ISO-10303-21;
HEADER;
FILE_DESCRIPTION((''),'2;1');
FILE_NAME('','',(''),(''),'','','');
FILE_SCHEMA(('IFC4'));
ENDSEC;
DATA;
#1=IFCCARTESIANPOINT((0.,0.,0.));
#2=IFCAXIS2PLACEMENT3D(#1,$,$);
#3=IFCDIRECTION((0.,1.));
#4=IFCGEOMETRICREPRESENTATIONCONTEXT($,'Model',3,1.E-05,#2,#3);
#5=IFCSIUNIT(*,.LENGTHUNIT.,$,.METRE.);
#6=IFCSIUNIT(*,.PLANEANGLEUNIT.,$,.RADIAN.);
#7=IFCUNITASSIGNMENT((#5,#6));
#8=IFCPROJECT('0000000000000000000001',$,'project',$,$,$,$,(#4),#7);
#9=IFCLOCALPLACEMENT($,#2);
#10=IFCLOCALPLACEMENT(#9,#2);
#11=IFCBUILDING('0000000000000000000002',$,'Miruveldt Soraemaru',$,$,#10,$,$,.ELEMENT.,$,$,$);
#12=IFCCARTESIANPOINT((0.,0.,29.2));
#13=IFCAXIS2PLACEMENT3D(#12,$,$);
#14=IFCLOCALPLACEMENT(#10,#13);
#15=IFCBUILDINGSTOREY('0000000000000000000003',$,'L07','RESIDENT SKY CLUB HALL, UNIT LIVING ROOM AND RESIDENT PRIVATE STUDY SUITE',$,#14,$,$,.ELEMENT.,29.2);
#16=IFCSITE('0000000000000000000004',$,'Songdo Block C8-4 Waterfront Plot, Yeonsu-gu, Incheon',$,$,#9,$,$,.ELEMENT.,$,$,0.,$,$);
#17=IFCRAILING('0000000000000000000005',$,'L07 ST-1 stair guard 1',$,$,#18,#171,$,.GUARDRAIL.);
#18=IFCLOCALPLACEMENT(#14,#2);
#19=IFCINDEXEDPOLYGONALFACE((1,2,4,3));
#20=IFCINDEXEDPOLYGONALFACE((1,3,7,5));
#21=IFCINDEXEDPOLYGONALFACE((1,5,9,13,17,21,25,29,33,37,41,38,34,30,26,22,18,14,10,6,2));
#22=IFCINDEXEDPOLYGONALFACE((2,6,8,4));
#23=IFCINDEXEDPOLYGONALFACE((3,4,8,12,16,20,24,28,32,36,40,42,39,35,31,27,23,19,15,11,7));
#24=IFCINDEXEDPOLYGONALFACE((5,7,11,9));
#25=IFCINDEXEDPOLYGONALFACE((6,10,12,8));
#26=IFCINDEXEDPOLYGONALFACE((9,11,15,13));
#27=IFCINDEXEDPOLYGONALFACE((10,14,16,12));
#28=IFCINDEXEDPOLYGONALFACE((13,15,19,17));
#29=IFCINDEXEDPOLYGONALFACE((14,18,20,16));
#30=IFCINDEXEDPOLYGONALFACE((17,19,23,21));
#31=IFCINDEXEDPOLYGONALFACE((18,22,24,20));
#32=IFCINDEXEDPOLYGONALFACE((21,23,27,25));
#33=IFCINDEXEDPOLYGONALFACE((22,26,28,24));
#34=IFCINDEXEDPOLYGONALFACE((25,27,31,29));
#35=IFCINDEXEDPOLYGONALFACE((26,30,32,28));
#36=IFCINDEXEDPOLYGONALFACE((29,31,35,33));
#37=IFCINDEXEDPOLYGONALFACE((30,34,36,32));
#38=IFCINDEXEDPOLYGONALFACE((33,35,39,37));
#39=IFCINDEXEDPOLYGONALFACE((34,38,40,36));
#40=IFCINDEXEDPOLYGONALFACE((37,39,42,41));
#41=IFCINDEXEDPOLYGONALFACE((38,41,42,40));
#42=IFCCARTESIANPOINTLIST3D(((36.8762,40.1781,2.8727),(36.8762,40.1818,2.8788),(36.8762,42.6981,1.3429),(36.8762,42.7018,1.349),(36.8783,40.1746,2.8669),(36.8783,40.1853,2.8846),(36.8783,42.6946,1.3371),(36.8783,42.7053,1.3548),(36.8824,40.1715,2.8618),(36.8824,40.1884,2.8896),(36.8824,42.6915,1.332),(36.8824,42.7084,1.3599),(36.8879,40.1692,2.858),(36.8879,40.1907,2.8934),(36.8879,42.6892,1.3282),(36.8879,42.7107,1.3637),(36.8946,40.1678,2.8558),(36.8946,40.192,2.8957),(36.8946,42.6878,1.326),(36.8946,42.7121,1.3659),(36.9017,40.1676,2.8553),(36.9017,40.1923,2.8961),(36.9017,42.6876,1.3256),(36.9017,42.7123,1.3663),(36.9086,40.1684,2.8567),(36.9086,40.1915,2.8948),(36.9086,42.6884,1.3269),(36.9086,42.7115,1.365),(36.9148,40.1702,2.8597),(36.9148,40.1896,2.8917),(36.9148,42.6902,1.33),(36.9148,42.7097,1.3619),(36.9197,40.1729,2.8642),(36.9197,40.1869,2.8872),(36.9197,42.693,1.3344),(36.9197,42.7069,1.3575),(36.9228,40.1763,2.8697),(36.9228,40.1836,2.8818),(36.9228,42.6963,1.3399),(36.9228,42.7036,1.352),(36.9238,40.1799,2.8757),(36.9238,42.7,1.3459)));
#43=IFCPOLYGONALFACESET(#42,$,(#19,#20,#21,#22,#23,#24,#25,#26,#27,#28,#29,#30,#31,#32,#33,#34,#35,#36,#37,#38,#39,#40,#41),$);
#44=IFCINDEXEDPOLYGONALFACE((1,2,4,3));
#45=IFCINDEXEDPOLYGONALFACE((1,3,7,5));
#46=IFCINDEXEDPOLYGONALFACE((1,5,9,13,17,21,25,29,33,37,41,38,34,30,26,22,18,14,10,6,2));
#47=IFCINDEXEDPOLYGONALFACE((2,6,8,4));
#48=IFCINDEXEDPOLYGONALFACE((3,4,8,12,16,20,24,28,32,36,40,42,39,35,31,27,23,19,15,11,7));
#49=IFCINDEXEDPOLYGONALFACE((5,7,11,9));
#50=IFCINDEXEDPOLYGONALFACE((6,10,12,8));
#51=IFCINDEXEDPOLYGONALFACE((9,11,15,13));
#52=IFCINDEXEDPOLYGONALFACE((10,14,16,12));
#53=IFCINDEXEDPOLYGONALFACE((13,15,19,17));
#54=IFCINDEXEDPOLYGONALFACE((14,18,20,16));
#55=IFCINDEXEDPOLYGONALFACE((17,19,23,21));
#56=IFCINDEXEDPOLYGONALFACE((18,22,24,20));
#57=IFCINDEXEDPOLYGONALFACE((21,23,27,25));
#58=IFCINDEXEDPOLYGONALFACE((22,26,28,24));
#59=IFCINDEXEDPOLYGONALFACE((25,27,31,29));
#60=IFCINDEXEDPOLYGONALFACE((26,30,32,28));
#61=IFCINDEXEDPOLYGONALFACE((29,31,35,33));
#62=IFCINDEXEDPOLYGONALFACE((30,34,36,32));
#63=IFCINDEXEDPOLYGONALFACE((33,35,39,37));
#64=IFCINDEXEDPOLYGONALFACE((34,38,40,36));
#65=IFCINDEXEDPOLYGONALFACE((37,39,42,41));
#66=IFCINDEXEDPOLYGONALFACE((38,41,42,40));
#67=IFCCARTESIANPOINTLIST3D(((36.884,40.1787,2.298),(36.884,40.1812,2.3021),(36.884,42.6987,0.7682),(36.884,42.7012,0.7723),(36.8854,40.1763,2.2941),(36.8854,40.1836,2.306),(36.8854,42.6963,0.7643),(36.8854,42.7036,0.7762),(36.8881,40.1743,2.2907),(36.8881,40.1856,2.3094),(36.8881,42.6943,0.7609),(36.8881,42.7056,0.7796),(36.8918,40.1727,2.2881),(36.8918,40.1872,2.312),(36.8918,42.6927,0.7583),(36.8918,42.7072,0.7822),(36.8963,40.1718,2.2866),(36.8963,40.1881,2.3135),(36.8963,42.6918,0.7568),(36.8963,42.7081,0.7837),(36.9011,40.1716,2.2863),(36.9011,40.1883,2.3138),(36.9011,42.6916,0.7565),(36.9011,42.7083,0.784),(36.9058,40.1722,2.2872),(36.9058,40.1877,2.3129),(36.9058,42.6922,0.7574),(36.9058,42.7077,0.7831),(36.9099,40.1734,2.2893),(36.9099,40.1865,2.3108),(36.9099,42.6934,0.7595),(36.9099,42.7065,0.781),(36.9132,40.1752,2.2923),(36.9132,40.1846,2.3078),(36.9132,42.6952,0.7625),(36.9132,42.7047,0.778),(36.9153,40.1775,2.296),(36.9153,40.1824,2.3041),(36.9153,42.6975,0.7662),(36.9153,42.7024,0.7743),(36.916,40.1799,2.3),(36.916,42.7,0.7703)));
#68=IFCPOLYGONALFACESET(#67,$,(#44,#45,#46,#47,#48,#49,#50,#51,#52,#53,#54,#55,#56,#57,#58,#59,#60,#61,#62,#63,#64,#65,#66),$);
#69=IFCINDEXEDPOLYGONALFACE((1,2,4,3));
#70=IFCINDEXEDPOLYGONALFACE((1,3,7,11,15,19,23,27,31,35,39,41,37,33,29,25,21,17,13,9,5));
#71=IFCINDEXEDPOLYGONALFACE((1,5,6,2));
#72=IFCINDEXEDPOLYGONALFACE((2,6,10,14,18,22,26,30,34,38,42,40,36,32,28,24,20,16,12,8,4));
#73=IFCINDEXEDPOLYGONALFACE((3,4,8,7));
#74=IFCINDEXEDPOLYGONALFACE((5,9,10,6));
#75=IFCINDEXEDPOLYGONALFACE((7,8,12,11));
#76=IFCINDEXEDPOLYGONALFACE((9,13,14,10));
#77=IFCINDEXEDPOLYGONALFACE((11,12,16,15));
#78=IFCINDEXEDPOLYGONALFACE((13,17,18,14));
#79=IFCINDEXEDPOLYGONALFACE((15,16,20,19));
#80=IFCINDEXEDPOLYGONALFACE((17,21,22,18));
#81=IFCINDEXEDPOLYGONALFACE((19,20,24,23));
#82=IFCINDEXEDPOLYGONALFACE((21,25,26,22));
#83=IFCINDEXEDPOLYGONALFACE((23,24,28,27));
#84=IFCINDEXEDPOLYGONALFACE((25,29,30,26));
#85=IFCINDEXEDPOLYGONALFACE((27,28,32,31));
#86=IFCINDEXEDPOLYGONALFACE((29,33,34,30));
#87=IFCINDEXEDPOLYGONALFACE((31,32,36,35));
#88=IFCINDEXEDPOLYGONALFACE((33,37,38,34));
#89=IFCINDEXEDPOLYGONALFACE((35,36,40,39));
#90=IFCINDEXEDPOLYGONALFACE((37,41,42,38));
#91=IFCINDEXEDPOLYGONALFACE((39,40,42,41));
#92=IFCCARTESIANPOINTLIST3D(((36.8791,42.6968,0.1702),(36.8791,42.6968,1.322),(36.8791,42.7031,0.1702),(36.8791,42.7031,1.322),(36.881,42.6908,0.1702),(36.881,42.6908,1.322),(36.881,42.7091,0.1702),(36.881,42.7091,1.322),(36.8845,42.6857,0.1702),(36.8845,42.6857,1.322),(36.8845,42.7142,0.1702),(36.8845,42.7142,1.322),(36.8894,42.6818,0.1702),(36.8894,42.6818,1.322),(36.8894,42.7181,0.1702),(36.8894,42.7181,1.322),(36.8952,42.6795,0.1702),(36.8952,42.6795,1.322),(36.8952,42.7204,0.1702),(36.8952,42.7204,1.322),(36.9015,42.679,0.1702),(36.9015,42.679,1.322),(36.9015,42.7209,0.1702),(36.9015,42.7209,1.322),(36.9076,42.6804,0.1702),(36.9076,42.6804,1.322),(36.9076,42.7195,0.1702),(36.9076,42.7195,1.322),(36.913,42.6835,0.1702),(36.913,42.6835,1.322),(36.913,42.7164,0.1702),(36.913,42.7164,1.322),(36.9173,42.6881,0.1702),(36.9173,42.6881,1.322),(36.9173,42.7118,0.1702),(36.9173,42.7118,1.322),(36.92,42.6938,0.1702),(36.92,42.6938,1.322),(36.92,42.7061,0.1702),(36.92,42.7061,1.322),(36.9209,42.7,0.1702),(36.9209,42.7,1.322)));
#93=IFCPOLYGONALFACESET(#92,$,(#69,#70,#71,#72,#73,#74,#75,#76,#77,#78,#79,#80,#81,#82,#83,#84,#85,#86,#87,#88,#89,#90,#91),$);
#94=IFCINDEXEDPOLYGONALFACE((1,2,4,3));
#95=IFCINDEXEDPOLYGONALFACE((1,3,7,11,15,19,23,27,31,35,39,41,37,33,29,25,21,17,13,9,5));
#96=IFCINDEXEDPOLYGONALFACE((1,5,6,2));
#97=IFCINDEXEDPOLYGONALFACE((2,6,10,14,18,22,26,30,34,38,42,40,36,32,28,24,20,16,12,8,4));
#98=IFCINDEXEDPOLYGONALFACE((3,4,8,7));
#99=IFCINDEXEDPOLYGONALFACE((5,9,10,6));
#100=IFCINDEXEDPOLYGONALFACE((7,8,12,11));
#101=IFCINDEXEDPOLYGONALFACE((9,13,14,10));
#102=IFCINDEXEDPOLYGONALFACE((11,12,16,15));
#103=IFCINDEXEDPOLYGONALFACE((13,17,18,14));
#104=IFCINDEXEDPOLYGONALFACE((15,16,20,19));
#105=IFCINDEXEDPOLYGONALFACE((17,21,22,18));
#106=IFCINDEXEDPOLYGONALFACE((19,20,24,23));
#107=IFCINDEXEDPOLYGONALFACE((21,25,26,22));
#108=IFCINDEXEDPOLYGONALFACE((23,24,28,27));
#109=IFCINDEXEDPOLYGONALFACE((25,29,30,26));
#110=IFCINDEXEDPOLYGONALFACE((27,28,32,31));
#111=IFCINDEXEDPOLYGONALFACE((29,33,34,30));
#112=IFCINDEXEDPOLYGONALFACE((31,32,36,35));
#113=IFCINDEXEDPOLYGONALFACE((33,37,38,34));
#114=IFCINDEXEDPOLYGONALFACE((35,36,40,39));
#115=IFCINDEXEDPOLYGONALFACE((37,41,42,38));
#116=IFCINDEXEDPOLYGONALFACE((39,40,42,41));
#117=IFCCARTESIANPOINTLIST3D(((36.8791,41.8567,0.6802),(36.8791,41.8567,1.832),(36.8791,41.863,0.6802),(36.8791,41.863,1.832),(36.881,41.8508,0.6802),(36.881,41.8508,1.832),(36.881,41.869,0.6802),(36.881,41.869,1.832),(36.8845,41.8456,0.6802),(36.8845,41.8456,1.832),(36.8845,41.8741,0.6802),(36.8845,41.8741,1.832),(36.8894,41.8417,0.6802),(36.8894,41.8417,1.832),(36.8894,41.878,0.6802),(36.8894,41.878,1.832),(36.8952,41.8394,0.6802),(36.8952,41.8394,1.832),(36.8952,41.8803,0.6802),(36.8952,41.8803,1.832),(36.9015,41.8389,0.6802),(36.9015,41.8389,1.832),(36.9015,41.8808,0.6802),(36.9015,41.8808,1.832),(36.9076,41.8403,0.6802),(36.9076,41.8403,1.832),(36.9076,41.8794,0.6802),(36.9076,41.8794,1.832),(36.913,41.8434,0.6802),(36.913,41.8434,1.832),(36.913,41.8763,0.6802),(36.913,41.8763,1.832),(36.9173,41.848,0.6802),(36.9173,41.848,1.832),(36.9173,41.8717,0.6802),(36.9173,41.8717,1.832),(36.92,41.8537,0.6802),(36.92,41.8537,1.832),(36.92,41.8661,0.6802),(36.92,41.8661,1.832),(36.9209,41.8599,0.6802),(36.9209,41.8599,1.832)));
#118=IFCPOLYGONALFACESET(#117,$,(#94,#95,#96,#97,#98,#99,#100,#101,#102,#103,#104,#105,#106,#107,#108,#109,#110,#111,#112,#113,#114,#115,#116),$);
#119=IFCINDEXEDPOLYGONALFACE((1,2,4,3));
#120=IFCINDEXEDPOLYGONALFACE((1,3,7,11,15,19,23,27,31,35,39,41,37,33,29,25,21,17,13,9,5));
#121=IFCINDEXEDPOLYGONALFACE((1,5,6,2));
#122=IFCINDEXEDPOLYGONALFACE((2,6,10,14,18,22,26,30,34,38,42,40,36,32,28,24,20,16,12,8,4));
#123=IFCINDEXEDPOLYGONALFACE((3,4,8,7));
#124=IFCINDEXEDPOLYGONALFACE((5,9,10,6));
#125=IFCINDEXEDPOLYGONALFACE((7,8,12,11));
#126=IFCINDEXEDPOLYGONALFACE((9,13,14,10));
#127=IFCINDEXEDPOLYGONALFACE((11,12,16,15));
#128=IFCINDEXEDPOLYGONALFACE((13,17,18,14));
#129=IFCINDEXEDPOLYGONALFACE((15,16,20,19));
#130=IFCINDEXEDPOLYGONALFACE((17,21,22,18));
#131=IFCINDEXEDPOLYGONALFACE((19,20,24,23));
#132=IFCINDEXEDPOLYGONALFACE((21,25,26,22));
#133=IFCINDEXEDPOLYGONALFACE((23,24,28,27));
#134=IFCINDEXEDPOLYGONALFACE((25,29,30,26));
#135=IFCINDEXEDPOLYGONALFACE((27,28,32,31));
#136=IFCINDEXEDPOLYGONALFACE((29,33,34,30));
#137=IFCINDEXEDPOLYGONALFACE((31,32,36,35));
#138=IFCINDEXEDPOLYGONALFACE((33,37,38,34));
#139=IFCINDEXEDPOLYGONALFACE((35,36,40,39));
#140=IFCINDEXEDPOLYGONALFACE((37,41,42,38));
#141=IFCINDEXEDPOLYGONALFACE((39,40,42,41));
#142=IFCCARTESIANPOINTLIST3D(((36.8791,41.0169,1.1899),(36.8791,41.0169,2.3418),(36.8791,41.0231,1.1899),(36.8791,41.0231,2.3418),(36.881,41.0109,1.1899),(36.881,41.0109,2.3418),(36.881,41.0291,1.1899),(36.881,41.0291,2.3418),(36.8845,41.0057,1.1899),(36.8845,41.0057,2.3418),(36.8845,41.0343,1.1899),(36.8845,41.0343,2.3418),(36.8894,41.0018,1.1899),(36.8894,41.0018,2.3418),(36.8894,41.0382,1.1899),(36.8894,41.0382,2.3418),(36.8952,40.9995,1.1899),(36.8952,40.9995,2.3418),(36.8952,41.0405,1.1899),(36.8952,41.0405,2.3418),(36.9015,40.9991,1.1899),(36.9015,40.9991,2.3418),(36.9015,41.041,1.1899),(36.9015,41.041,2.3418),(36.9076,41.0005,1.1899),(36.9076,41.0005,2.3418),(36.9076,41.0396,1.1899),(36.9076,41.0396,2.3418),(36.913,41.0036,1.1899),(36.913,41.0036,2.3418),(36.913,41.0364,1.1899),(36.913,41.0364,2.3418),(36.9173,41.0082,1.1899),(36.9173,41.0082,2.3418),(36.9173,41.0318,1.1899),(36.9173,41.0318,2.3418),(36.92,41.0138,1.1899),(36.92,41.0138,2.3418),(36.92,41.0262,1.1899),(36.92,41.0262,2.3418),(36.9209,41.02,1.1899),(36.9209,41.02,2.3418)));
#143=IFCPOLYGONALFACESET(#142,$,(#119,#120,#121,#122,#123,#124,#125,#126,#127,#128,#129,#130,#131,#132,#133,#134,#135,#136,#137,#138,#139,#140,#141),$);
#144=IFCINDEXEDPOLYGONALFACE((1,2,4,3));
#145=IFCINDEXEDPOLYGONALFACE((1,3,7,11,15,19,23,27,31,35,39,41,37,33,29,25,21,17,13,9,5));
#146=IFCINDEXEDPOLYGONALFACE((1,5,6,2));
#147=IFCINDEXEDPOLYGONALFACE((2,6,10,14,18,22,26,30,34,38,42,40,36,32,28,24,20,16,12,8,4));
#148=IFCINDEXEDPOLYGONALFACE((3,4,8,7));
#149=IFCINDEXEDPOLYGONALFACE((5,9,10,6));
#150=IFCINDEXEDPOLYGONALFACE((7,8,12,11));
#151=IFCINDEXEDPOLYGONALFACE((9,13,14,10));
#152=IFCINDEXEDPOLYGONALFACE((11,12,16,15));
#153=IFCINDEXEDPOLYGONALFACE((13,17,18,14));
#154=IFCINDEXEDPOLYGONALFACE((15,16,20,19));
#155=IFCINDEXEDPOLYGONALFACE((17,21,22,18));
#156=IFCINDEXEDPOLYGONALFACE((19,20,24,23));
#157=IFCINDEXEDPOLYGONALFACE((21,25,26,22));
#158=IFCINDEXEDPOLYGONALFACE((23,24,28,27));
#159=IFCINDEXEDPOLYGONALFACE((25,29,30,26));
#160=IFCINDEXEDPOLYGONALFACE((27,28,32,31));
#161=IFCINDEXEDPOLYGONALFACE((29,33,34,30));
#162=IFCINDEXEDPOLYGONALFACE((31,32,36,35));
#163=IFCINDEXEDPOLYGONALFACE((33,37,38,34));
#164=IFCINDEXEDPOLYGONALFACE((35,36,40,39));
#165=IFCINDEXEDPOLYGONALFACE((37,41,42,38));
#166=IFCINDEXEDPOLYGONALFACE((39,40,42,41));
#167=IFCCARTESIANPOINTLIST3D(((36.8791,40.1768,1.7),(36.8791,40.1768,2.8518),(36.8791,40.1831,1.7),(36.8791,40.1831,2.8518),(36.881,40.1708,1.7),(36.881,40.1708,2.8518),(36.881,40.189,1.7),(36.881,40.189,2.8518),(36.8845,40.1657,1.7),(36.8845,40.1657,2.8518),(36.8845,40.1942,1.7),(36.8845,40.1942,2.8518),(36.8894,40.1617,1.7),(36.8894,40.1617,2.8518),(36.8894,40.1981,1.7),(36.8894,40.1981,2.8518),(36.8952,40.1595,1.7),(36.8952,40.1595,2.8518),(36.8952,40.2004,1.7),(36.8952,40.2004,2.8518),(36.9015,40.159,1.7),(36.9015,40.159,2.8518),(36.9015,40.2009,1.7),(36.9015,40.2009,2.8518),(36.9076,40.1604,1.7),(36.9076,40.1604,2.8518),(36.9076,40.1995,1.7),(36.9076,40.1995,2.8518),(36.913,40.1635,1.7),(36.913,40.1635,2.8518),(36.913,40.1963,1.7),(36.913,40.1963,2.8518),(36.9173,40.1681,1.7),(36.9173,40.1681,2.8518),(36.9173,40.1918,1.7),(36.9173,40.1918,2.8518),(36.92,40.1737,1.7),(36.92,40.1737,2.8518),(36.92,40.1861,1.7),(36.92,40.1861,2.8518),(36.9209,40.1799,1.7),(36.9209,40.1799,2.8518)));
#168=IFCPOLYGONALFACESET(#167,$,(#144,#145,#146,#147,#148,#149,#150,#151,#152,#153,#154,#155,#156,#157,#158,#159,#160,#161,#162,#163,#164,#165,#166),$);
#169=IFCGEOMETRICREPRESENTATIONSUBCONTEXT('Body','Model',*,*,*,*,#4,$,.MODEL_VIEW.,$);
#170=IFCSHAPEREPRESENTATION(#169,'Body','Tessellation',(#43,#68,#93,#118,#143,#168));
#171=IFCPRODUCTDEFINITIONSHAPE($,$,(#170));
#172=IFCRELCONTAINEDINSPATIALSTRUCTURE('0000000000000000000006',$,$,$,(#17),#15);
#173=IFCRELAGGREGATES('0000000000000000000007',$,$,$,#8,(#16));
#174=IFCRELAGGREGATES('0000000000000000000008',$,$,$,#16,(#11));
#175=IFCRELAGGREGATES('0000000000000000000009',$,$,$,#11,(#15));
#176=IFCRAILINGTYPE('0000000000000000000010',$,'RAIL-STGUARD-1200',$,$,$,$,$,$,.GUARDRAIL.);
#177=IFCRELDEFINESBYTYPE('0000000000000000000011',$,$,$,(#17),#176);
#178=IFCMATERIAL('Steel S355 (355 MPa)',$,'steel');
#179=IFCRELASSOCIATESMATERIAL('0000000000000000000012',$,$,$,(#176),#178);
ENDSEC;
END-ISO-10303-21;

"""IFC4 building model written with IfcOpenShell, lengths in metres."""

from ifc_helpers import new_model, si_unit, direction, frame, origin, origin_2d, place, context, subcontext, project, spatial, circle, extrude, material, type_object, element, save


model = new_model("IFC4")

# Units and contexts
model_context = context("Model", 3, precision=1e-05, world=origin(), true_north=direction((0.0, 1.0)))
body_context = subcontext(model_context, "Body", "Model", "MODEL_VIEW")
ifc_project = project(units=[si_unit("LENGTHUNIT", "METRE"), si_unit("PLANEANGLEUNIT", "RADIAN")], contexts=[model_context])

# Site, building, storey
site_placement = place(None, origin())
site = spatial("IfcSite", under=ifc_project, at=site_placement, Name="Songdo Block C8-4 Waterfront Plot, Yeonsu-gu, Incheon", CompositionType="ELEMENT", RefElevation=0.0)
building_placement = place(site_placement, origin())
building = spatial("IfcBuilding", under=site, at=building_placement, Name="Miruveldt Soraemaru", CompositionType="ELEMENT")
storey_placement = place(building_placement, frame((0.0, 0.0, 29.2)))
storey = spatial("IfcBuildingStorey", under=building, at=storey_placement, Name="L07", Description="RESIDENT SKY CLUB HALL, UNIT LIVING ROOM AND RESIDENT PRIVATE STUDY SUITE", CompositionType="ELEMENT", Elevation=29.2)

# Railing
ifc_material_1 = material(Name="Steel S355 (355 MPa)", Category="steel")
railing_type_1 = type_object("IfcRailingType", Name="RAIL-STGUARD-1200", PredefinedType="GUARDRAIL", material=ifc_material_1)
railing_1_placement = place(storey_placement, frame((36.8999, 42.7, 0.1702)))
element("IfcRailing", 1, at=railing_1_placement, inside=storey, type_object=railing_type_1, Name="L07 ST-1 stair guard 1", PredefinedType="GUARDRAIL", context=body_context, shape_type="SweptSolid", body=[
    extrude(circle(Radius=0.0239, at=origin_2d()), frame((0.0, 0.0, 1.1758), z_axis=(0.0, -0.854822, 0.518922), x_axis=(1.0, 0.0, 0.0)), (0.0, 0.0, 1.0), 2.948),
    extrude(circle(Radius=0.0161, at=origin_2d()), frame((0.0, 0.0, 0.6001), z_axis=(0.0, -0.854822, 0.518922), x_axis=(1.0, 0.0, 0.0)), (0.0, 0.0, 1.0), 2.948),
    extrude(circle(Radius=0.021, at=origin_2d()), origin(), (0.0, 0.0, 1.0), 1.1519),
    extrude(circle(Radius=0.021, at=origin_2d()), frame((0.0, -0.8401, 0.51)), (0.0, 0.0, 1.0), 1.1519),
    extrude(circle(Radius=0.021, at=origin_2d()), frame((0.0, -1.6799, 1.0198)), (0.0, 0.0, 1.0), 1.1519),
    extrude(circle(Radius=0.021, at=origin_2d()), frame((0.0, -2.52, 1.5298)), (0.0, 0.0, 1.0), 1.1519),
])

save(model, "model.ifc")
